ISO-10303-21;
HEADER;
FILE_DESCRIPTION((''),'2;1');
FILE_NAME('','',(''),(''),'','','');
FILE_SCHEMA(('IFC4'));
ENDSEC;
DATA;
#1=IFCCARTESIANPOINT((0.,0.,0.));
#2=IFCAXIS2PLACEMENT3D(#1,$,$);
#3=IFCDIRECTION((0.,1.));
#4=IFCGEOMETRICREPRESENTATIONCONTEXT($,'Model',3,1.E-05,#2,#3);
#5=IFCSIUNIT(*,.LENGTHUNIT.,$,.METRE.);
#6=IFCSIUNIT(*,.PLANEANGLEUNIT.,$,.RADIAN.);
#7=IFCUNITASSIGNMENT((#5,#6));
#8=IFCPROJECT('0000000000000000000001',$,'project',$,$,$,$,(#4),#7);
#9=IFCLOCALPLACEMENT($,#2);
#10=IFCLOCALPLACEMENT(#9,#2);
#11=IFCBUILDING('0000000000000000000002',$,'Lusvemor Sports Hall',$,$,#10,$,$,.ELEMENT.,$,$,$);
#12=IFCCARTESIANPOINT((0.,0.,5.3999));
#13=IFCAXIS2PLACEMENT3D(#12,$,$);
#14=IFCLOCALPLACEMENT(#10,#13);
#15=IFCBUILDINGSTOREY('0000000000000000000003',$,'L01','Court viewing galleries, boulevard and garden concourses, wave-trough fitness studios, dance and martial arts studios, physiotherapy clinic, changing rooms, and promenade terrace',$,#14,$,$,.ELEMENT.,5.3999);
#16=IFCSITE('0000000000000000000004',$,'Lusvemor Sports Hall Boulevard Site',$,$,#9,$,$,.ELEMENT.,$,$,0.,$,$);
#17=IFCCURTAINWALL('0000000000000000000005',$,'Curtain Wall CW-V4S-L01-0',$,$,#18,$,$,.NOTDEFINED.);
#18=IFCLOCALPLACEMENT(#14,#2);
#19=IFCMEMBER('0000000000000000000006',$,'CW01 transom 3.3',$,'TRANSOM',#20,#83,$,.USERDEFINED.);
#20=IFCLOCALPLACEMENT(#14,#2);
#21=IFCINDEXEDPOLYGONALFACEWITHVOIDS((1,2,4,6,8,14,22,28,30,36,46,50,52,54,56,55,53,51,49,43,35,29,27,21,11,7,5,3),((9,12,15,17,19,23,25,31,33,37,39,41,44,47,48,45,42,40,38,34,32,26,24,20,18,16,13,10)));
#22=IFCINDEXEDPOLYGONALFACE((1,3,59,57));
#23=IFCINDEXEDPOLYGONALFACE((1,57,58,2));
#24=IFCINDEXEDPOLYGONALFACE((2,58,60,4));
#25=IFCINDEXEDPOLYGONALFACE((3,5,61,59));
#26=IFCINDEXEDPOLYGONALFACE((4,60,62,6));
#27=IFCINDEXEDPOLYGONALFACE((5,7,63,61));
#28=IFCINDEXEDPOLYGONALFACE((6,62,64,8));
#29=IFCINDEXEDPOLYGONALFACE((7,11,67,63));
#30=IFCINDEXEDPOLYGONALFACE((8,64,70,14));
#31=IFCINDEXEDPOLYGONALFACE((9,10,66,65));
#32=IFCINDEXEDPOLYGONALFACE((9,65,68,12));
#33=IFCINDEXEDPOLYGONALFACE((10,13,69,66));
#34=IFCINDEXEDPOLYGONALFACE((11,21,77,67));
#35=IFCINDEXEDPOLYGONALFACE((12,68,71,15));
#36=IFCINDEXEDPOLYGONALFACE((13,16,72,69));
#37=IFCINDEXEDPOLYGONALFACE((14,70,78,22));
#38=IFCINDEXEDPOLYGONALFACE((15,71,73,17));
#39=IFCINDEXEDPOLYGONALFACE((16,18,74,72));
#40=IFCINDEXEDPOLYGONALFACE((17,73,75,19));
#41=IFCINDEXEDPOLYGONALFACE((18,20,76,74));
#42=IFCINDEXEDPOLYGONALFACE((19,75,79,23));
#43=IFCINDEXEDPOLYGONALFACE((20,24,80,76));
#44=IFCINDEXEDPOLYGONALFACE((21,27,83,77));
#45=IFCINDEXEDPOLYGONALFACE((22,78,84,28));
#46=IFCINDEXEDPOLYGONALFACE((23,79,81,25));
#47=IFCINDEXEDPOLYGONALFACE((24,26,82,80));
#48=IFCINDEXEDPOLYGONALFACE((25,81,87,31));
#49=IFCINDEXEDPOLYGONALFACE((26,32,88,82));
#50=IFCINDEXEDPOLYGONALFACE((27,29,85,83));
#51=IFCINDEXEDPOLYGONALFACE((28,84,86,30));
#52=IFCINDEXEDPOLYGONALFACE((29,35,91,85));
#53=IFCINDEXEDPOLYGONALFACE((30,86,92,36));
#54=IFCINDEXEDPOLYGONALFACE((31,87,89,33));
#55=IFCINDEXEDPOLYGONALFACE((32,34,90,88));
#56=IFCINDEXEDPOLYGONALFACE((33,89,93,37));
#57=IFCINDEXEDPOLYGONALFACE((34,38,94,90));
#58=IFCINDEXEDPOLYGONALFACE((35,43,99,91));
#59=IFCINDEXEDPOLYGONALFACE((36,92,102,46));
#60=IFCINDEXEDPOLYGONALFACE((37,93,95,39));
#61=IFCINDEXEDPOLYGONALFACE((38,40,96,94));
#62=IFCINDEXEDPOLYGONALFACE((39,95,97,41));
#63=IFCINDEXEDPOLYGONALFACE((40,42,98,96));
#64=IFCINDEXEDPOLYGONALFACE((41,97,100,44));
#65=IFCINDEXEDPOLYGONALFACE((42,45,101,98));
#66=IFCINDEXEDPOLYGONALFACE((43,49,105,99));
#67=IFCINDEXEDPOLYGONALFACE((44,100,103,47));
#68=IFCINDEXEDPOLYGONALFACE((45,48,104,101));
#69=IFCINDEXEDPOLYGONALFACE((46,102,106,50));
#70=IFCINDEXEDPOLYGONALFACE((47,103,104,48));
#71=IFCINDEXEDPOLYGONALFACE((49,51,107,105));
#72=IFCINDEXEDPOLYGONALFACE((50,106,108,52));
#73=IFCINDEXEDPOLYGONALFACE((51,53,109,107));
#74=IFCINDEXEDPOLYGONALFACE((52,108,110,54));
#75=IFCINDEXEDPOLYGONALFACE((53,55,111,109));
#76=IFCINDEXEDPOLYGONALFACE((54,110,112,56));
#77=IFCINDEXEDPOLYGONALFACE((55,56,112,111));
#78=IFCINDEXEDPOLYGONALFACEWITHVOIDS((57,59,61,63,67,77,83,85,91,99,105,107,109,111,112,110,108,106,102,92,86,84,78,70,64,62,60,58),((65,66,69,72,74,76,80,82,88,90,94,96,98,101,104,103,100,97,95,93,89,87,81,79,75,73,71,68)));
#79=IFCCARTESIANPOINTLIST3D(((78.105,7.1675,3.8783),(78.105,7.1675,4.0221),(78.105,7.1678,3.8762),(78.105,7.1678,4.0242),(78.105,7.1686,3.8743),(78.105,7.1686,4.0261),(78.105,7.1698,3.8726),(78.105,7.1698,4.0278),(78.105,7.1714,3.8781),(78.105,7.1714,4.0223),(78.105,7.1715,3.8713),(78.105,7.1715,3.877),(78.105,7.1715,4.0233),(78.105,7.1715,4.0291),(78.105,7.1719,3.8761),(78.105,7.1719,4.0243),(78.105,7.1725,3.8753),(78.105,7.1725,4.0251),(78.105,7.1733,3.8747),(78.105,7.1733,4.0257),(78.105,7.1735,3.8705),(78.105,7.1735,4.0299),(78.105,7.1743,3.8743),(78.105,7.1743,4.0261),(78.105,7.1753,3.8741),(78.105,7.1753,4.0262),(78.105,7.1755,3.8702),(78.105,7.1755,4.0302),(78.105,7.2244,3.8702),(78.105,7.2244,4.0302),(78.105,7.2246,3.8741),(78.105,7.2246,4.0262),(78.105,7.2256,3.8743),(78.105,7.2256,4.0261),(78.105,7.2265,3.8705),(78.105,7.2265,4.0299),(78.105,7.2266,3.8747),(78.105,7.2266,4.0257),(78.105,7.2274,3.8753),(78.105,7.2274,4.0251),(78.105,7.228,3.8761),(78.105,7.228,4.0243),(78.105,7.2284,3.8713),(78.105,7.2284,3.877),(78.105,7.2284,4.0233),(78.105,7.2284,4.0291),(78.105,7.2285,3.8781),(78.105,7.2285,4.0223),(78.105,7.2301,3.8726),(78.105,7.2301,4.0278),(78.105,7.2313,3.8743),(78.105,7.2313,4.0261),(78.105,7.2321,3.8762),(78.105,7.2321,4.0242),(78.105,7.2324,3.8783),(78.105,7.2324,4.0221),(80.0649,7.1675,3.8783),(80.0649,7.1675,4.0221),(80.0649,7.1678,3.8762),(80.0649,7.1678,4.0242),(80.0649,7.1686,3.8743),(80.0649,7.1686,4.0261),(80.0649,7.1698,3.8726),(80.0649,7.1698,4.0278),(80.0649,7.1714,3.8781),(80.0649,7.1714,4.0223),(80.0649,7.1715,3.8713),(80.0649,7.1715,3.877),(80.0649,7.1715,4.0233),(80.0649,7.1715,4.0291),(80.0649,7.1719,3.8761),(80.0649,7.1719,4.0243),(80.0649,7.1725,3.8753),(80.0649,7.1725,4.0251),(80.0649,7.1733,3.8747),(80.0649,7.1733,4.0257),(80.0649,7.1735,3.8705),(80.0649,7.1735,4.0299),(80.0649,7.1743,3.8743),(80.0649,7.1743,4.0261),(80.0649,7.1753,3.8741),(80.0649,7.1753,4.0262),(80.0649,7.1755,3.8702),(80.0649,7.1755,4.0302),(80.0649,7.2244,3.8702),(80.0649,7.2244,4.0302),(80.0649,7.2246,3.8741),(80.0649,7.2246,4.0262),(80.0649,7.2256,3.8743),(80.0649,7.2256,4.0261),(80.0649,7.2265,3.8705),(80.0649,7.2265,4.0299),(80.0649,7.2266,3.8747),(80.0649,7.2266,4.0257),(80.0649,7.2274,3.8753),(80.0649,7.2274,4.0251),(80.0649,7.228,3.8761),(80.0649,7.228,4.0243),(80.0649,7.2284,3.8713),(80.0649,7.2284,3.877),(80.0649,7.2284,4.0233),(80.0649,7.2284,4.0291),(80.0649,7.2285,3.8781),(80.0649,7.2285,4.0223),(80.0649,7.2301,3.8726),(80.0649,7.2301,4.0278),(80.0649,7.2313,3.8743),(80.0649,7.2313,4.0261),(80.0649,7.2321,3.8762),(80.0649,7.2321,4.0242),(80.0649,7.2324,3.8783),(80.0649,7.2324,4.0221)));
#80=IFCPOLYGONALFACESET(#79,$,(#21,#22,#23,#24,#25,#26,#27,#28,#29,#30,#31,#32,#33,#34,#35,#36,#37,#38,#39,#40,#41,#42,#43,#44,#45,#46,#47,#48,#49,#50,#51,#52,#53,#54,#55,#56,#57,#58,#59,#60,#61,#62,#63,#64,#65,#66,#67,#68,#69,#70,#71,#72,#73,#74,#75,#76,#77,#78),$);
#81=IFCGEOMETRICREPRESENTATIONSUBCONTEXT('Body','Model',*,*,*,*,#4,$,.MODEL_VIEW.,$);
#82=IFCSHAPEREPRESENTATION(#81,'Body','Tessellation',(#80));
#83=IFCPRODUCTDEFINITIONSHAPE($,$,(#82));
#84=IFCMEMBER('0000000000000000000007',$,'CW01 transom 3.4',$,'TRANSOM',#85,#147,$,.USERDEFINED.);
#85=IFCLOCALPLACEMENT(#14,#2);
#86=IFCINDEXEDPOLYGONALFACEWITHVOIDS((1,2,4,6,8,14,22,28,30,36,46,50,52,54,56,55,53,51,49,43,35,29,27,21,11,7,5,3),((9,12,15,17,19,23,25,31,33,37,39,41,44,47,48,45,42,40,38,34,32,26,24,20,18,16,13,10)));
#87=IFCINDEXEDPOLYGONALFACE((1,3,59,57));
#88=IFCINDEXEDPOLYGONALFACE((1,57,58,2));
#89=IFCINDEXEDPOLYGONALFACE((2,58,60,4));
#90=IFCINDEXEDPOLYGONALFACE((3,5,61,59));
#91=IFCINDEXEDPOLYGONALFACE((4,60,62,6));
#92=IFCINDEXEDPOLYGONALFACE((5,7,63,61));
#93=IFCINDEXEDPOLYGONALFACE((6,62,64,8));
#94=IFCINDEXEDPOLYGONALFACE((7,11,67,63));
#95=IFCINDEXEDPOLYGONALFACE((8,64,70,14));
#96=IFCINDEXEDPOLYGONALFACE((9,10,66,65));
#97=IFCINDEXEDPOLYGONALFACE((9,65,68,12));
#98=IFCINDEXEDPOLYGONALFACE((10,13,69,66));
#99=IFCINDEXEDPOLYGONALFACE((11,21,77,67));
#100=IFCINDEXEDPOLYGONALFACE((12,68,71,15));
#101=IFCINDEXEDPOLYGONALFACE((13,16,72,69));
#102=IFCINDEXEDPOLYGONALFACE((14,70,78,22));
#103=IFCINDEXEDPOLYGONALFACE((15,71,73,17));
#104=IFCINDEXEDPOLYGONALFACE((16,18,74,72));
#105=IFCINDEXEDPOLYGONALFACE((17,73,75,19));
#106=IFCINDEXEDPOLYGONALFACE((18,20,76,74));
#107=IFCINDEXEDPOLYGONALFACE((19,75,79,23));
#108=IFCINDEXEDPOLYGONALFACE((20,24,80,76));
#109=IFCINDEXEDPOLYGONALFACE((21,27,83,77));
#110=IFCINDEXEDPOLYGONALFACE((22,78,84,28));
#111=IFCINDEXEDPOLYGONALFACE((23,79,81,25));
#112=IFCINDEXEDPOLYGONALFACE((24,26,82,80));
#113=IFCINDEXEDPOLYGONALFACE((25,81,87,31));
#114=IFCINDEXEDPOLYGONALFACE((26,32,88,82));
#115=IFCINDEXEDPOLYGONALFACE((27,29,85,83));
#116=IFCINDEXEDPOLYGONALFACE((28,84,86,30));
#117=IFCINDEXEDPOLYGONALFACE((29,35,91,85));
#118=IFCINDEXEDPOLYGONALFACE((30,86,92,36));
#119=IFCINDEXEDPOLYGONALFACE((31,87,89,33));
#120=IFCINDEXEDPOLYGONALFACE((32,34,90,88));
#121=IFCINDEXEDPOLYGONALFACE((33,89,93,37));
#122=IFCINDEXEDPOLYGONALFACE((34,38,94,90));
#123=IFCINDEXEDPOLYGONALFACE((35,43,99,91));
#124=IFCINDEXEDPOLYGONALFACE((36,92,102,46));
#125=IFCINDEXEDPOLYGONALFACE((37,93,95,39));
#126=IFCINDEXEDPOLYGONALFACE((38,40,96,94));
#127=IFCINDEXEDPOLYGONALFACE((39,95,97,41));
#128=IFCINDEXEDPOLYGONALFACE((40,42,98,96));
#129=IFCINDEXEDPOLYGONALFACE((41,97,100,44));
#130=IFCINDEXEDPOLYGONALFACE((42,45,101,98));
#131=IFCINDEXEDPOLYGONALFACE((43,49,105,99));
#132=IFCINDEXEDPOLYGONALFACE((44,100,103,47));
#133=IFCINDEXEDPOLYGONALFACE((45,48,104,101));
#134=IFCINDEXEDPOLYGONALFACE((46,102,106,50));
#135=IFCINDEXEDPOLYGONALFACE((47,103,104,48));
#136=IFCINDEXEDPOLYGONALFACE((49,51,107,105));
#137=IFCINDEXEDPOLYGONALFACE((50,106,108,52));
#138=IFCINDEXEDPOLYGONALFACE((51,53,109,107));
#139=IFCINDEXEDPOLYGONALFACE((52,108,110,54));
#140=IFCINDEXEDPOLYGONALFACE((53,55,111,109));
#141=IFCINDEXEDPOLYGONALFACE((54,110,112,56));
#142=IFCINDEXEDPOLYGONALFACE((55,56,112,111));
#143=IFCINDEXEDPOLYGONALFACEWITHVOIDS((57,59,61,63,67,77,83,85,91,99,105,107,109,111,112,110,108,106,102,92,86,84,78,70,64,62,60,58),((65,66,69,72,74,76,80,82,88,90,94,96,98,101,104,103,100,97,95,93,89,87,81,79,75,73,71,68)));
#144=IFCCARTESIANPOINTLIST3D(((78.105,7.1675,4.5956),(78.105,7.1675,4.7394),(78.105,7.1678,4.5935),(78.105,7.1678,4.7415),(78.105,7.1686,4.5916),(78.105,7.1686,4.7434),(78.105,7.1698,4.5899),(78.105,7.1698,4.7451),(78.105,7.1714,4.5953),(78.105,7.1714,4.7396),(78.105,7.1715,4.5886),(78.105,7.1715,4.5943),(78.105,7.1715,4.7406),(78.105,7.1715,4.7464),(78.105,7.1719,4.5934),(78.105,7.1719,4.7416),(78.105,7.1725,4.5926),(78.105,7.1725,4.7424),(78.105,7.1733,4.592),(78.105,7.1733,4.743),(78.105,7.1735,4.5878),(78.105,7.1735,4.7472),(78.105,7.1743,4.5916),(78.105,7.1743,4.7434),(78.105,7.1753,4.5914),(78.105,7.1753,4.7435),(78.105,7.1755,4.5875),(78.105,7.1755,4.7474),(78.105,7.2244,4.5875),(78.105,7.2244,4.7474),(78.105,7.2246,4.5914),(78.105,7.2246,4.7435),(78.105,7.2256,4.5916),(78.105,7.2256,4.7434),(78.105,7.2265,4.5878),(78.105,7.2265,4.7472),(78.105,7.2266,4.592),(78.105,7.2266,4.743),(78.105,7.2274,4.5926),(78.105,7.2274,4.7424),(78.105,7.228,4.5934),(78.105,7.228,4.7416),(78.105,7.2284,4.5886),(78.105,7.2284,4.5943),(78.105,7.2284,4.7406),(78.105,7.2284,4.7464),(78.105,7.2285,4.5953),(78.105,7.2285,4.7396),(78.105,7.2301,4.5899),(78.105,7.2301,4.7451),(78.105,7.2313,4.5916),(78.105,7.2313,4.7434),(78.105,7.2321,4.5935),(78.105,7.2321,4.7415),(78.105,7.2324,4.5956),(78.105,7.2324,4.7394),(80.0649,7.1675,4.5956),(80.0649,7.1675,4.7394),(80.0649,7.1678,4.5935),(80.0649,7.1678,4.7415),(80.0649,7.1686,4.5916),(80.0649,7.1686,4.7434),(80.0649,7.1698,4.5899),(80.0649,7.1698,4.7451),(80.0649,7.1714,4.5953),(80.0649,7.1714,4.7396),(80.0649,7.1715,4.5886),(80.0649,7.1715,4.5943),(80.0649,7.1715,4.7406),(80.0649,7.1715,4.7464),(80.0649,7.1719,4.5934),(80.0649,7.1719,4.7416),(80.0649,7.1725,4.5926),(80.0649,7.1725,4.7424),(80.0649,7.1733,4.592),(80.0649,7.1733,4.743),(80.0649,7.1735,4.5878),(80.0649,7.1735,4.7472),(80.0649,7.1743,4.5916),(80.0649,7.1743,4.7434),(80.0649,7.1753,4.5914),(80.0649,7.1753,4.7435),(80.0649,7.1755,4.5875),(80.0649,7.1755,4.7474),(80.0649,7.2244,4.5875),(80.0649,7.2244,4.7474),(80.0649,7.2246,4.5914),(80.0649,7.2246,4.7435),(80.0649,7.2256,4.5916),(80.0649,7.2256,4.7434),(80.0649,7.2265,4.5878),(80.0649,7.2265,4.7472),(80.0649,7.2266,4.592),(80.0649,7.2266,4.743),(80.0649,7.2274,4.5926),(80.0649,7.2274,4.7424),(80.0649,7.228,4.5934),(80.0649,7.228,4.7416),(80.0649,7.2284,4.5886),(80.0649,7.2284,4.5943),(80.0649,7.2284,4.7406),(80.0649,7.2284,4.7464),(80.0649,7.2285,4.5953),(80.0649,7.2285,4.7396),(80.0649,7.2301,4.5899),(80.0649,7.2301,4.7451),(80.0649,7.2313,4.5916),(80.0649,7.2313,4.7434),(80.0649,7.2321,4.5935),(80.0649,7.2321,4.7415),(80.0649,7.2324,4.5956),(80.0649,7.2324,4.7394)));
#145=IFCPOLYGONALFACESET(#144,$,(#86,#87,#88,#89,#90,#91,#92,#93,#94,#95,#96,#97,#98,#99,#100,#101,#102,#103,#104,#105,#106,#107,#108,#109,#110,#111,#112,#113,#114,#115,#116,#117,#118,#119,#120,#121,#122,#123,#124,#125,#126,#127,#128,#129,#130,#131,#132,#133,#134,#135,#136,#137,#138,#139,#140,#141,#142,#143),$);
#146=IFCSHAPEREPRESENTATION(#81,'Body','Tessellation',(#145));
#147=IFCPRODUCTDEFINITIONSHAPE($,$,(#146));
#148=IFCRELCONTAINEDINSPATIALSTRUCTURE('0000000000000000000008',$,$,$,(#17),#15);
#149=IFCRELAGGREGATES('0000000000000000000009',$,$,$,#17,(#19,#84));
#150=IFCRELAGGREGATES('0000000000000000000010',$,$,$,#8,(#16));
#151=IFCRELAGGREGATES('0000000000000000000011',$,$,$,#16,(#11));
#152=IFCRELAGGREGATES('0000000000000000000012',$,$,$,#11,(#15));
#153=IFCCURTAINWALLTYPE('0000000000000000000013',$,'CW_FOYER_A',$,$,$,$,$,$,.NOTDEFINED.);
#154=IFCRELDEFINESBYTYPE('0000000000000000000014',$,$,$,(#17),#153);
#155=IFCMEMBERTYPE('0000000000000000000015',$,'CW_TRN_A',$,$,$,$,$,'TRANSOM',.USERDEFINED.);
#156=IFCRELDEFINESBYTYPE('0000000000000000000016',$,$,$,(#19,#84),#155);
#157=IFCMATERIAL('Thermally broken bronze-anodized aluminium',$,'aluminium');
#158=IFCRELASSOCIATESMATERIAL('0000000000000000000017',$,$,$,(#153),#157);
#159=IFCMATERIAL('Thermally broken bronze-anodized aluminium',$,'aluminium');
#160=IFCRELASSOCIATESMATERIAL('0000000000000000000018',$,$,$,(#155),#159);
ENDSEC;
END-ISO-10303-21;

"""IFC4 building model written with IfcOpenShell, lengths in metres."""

from ifc_helpers import new_model, si_unit, direction, frame, origin, origin_2d, place, context, subcontext, project, spatial, hollow_rectangle, extrude, material, material_profile, profile_set, type_object, element, aggregate, save


model = new_model("IFC4")

# Units and contexts
model_context = context("Model", 3, precision=1e-05, world=origin(), true_north=direction((0.0, 1.0)))
body_context = subcontext(model_context, "Body", "Model", "MODEL_VIEW")
ifc_project = project(units=[si_unit("LENGTHUNIT", "METRE"), si_unit("PLANEANGLEUNIT", "RADIAN")], contexts=[model_context])

# Site, building, storey
site_placement = place(None, origin())
site = spatial("IfcSite", under=ifc_project, at=site_placement, Name="Lusvemor Sports Hall Boulevard Site", CompositionType="ELEMENT", RefElevation=0.0)
building_placement = place(site_placement, origin())
building = spatial("IfcBuilding", under=site, at=building_placement, Name="Lusvemor Sports Hall", CompositionType="ELEMENT")
storey_placement = place(building_placement, frame((0.0, 0.0, 5.3999)))
storey = spatial("IfcBuildingStorey", under=building, at=storey_placement, Name="L01", Description="Court viewing galleries, boulevard and garden concourses, wave-trough fitness studios, dance and martial arts studios, physiotherapy clinic, changing rooms, and promenade terrace", CompositionType="ELEMENT", Elevation=5.3999)

# Curtain wall, members
ifc_material_1 = material(Name="Thermally broken bronze-anodized aluminium", Category="aluminium")
curtain_wall_type = type_object("IfcCurtainWallType", Name="CW_FOYER_A", PredefinedType="NOTDEFINED", material=ifc_material_1)
curtain_wall_placement = place(storey_placement, origin())
curtain_wall = element("IfcCurtainWall", 1, at=curtain_wall_placement, inside=storey, type_object=curtain_wall_type, Name="Curtain Wall CW-V4S-L01-0", PredefinedType="NOTDEFINED")
ifc_material_2 = material(Name="Thermally broken bronze-anodized aluminium", Category="aluminium")
ifc_material_profile_1 = material_profile(ifc_material_2, hollow_rectangle(XDim=0.0649, YDim=0.1599, WallThickness=0.0039, InnerFilletRadius=0.0039, OuterFilletRadius=0.0081, at=origin_2d()), Name="CWTRN160x65x4")
ifc_profile_set_1 = profile_set([ifc_material_profile_1], Name="Thermally broken bronze-anodized aluminium")
member_type_1 = type_object("IfcMemberType", Name="CW_TRN_A", ElementType="TRANSOM", PredefinedType="USERDEFINED", material=ifc_profile_set_1)
member_1_placement = place(storey_placement, frame((80.0649, 7.2, 3.9502), z_axis=(-1.0, 0.0, 0.0), x_axis=(0.0, -1.0, 0.0)))
member_1 = element("IfcMember", 2, at=member_1_placement, type_object=member_type_1, Name="CW01 transom 3.3", ObjectType="TRANSOM", PredefinedType="USERDEFINED", context=body_context, shape_type="SweptSolid", body=[
    extrude(hollow_rectangle(XDim=0.0649, YDim=0.1599, WallThickness=0.0039, InnerFilletRadius=0.0039, OuterFilletRadius=0.0081, at=origin_2d()), origin(), (0.0, 0.0, 1.0), 1.96),
])
member_2_placement = place(storey_placement, frame((80.0649, 7.2, 4.6675), z_axis=(-1.0, 0.0, 0.0), x_axis=(0.0, -1.0, 0.0)))
member_2 = element("IfcMember", 3, at=member_2_placement, type_object=member_type_1, Name="CW01 transom 3.4", ObjectType="TRANSOM", PredefinedType="USERDEFINED", context=body_context, shape_type="SweptSolid", body=[
    extrude(hollow_rectangle(XDim=0.0649, YDim=0.1599, WallThickness=0.0039, InnerFilletRadius=0.0039, OuterFilletRadius=0.0081, at=origin_2d()), origin(), (0.0, 0.0, 1.0), 1.96),
])

aggregate(curtain_wall, [member_1, member_2])

save(model, "model.ifc")
